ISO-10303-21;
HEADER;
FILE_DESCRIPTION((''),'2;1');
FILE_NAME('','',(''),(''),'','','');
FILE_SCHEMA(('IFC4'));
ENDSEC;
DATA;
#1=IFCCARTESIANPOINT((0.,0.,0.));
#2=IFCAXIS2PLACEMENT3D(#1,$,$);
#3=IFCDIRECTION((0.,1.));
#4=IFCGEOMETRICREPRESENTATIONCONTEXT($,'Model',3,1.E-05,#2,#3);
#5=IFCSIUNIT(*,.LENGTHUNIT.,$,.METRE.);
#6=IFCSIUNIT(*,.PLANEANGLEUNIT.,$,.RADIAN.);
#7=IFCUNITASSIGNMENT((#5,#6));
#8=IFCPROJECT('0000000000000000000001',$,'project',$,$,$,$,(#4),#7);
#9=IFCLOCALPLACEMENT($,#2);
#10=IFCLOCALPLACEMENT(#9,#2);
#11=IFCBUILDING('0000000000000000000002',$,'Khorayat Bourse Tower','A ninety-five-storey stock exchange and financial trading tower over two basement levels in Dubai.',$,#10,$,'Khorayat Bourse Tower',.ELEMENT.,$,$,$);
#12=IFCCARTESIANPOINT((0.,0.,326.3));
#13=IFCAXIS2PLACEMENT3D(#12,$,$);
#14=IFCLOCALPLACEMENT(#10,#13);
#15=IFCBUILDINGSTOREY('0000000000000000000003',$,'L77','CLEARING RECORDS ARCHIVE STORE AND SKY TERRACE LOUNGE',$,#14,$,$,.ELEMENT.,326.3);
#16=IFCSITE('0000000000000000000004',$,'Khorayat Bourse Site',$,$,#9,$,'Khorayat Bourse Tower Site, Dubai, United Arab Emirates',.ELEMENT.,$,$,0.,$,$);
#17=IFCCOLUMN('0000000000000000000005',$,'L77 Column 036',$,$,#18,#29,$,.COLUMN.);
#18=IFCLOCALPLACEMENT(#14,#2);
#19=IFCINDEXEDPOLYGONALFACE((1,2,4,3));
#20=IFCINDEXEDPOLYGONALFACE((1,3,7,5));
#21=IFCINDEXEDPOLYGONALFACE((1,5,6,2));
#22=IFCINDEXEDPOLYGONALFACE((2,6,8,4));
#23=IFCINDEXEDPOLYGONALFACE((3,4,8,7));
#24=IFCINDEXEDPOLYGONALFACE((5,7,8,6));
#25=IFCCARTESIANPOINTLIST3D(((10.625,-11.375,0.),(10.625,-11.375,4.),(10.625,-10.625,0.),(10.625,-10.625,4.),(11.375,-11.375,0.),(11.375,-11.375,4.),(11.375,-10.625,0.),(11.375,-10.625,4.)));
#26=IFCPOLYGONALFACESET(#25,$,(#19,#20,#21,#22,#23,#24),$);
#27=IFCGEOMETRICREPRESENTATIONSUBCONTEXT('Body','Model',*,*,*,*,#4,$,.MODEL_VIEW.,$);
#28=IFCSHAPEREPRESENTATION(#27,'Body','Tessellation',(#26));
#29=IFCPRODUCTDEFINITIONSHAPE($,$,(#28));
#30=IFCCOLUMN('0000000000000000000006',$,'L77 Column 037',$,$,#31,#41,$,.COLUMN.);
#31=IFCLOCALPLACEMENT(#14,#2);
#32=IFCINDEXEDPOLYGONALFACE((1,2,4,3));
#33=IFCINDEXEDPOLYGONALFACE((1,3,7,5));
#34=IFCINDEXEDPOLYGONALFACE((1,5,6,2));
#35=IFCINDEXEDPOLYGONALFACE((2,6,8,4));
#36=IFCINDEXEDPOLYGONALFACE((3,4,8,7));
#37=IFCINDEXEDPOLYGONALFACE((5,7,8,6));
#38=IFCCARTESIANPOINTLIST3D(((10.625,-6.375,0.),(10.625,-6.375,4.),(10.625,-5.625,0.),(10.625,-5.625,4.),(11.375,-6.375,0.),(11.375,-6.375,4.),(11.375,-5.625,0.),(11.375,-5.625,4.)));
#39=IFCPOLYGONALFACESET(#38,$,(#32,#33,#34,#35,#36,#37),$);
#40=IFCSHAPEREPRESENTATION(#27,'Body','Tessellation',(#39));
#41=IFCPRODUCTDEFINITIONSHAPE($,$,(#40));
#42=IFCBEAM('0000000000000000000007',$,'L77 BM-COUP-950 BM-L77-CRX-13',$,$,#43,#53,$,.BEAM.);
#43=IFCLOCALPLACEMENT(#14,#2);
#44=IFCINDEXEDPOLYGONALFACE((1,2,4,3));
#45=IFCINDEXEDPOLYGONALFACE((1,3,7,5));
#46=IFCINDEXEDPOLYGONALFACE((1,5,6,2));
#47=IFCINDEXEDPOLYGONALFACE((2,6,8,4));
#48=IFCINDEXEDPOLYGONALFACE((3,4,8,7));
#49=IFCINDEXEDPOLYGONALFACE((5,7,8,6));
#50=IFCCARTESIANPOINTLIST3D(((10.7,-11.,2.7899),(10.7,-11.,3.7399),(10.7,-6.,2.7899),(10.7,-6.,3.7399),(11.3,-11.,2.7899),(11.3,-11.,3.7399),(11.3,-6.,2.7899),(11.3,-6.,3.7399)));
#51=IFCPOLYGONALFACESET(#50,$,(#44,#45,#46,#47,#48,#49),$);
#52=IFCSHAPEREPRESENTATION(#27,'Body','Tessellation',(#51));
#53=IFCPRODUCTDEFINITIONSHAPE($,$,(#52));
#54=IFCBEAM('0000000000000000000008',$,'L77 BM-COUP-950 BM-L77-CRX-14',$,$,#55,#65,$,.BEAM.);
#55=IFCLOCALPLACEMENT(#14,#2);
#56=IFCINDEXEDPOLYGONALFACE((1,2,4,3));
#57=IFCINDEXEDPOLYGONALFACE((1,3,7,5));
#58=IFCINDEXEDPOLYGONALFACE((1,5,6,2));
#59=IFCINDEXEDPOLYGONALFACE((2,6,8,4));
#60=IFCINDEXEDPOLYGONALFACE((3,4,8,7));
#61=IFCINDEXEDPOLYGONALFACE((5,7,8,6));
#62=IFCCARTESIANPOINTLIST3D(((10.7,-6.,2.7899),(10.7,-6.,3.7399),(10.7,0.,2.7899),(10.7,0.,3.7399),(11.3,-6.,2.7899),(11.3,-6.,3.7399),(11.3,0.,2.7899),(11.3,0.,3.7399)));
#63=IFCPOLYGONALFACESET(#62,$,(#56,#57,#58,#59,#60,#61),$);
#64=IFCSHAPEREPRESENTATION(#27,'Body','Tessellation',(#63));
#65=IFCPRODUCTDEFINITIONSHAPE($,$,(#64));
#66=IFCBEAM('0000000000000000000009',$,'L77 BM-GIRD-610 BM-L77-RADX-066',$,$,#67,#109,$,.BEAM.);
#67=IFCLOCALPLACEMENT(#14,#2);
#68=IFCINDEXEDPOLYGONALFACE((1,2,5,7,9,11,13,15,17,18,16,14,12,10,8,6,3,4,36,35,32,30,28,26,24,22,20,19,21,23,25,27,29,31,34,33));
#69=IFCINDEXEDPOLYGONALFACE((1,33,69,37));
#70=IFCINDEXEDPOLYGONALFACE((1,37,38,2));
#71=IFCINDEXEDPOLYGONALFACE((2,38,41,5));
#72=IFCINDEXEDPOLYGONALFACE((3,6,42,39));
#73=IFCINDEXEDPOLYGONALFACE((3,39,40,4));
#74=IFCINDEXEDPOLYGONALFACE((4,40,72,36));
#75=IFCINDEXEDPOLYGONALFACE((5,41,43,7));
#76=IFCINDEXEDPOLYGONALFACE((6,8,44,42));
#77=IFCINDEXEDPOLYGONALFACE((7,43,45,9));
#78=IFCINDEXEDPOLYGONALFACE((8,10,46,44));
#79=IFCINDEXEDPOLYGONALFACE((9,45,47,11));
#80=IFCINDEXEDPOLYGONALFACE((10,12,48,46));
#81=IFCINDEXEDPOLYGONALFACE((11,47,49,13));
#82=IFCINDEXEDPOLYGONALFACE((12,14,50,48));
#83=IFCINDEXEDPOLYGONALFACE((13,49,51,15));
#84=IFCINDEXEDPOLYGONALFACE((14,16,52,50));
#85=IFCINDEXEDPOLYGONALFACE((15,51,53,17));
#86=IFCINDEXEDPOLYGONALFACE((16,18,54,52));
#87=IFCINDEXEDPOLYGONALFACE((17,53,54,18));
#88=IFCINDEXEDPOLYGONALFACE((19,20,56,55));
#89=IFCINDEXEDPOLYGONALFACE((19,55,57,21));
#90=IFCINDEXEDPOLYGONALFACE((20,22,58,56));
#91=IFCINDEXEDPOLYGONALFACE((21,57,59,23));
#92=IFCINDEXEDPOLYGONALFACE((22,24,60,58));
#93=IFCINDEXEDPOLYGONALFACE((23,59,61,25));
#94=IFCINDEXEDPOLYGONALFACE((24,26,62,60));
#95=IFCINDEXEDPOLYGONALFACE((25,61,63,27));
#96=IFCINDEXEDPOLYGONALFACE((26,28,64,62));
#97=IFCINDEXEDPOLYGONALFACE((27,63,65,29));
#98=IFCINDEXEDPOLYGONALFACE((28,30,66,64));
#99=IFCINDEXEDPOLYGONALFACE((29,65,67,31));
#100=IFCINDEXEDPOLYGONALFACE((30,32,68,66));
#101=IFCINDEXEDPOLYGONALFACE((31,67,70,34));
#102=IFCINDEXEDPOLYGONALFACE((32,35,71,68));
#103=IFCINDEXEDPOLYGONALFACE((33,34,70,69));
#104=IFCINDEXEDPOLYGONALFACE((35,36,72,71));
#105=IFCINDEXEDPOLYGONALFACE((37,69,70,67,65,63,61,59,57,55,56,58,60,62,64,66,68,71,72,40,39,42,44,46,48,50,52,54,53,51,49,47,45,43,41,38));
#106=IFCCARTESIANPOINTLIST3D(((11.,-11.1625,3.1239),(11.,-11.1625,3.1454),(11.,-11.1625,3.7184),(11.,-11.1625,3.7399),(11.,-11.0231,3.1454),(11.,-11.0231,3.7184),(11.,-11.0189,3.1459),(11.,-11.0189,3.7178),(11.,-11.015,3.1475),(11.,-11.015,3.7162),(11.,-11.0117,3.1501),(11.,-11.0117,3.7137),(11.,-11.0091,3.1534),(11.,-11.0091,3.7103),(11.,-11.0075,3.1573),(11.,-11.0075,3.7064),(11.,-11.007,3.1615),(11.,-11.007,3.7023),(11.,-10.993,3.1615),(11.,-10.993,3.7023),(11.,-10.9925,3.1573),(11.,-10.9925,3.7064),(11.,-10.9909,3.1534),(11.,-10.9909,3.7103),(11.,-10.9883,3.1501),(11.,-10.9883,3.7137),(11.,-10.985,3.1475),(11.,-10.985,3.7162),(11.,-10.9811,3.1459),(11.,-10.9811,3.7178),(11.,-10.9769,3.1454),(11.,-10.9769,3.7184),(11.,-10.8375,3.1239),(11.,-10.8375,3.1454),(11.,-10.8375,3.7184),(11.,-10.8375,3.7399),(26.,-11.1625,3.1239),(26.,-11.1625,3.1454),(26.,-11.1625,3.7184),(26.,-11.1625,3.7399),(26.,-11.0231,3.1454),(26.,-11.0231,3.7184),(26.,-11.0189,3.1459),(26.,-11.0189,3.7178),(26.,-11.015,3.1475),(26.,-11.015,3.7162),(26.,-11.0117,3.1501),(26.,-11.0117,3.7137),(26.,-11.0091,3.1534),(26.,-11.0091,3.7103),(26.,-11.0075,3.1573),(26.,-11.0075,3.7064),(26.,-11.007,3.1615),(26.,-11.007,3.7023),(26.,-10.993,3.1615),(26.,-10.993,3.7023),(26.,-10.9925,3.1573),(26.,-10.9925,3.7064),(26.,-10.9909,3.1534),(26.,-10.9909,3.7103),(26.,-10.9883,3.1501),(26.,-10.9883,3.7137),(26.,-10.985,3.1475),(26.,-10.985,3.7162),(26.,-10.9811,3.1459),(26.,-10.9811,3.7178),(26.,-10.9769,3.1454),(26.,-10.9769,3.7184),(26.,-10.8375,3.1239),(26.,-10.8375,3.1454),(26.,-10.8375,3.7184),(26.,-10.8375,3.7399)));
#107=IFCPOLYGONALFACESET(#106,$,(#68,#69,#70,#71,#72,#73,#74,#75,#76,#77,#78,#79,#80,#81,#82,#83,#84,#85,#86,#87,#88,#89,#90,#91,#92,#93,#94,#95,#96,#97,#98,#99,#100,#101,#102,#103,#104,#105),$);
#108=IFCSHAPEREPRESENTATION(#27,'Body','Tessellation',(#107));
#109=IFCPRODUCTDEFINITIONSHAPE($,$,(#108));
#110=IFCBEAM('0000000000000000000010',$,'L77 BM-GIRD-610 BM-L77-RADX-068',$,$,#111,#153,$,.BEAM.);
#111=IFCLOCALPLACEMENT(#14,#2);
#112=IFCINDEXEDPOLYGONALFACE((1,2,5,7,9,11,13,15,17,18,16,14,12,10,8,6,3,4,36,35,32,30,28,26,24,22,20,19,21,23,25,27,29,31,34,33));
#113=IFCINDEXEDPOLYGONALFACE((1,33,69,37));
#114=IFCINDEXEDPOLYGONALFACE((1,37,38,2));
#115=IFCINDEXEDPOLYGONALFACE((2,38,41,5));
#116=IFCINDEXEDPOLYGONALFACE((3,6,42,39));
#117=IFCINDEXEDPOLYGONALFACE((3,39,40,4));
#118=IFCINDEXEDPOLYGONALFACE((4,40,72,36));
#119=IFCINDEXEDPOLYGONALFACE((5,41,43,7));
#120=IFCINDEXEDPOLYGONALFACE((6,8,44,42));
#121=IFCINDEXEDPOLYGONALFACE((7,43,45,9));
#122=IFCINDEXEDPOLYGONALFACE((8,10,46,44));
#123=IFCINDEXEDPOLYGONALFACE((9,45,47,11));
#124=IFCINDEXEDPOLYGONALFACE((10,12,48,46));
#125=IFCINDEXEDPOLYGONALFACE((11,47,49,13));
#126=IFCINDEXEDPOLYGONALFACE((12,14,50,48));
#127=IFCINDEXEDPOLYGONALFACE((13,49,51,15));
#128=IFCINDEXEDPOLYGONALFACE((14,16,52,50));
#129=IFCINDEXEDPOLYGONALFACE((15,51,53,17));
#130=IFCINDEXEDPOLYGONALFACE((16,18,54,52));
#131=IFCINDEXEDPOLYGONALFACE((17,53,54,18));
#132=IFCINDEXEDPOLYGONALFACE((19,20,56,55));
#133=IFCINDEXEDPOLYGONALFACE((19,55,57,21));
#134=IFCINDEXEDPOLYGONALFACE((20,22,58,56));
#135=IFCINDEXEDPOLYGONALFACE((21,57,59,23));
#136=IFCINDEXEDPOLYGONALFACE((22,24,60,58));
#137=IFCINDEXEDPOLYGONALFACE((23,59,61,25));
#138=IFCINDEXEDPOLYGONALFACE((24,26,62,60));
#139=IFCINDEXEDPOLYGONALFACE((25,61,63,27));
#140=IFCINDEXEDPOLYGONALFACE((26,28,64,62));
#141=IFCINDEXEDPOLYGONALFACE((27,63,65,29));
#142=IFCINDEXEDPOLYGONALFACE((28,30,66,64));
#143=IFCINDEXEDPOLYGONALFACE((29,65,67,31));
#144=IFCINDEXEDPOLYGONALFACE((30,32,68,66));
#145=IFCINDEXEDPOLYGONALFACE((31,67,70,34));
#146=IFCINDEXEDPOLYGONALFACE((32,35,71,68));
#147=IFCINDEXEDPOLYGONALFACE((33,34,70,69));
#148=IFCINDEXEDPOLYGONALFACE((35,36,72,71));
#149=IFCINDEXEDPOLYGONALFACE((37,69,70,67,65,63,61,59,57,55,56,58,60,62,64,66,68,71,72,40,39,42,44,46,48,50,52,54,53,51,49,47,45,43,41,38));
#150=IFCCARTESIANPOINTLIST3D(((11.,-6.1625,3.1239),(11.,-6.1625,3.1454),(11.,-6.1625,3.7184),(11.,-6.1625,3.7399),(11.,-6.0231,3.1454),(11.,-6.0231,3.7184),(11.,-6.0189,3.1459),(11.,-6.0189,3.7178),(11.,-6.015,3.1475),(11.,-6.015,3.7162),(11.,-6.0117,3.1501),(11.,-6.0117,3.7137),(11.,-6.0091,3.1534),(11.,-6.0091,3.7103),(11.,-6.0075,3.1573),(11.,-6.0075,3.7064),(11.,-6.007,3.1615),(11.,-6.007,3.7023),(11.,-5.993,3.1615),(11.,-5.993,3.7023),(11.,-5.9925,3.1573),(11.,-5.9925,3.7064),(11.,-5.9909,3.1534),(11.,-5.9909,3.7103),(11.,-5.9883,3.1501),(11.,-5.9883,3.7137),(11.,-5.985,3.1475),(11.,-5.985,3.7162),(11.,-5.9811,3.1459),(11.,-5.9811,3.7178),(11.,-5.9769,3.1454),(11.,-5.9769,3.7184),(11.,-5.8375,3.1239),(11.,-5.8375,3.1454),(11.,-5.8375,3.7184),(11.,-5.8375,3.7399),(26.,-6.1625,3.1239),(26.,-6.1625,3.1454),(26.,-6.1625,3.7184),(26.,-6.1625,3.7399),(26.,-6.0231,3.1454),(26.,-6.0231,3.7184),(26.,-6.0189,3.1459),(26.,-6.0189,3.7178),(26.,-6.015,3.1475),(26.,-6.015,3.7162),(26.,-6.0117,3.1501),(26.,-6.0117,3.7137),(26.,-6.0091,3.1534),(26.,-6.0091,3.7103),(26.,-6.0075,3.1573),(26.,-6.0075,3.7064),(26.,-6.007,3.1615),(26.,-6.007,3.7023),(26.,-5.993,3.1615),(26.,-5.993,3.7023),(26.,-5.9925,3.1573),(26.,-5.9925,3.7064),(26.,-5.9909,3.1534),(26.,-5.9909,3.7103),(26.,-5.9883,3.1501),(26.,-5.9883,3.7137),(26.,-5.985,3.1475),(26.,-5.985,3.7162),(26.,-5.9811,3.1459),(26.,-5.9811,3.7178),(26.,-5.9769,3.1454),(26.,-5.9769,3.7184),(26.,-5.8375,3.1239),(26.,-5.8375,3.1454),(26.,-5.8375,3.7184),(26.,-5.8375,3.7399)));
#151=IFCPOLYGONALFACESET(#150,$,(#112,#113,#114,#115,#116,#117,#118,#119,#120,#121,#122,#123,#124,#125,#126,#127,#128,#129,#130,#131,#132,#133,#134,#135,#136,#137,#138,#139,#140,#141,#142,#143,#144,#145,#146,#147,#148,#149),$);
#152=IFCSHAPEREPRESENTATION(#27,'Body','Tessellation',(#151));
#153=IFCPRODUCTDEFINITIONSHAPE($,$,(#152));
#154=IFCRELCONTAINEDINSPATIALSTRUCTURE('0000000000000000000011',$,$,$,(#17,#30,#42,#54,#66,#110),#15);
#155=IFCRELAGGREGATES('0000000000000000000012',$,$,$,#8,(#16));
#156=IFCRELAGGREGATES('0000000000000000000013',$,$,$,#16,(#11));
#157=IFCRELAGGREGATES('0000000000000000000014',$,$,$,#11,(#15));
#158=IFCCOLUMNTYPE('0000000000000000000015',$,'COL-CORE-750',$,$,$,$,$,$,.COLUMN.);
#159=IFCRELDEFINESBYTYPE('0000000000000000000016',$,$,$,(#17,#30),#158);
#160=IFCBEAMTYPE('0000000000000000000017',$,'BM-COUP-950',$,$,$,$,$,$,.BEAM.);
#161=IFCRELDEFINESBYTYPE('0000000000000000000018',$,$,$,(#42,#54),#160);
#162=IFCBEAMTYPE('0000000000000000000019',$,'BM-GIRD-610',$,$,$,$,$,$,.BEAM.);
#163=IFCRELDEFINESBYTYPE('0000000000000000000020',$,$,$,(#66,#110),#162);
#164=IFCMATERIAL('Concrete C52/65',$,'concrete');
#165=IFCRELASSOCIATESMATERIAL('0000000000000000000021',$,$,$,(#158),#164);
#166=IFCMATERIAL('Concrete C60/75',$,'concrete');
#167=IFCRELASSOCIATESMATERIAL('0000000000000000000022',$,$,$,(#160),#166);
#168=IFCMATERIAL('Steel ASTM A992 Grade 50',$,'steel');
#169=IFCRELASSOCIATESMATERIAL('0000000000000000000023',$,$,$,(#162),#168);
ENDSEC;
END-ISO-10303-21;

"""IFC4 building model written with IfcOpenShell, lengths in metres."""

from ifc_helpers import new_model, si_unit, direction, frame, origin, origin_2d, place, context, subcontext, project, spatial, rectangle, i_section, extrude, source, transform, mapped, material, material_profile, profile_set, type_object, element, save


model = new_model("IFC4")

# Units and contexts
model_context = context("Model", 3, precision=1e-05, world=origin(), true_north=direction((0.0, 1.0)))
body_context = subcontext(model_context, "Body", "Model", "MODEL_VIEW")
ifc_project = project(units=[si_unit("LENGTHUNIT", "METRE"), si_unit("PLANEANGLEUNIT", "RADIAN")], contexts=[model_context])

# Site, building, storey
site_placement = place(None, origin())
site = spatial("IfcSite", under=ifc_project, at=site_placement, Name="Khorayat Bourse Site", LongName="Khorayat Bourse Tower Site, Dubai, United Arab Emirates", CompositionType="ELEMENT", RefElevation=0.0)
building_placement = place(site_placement, origin())
building = spatial("IfcBuilding", under=site, at=building_placement, Name="Khorayat Bourse Tower", Description="A ninety-five-storey stock exchange and financial trading tower over two basement levels in Dubai.", LongName="Khorayat Bourse Tower", CompositionType="ELEMENT")
storey_placement = place(building_placement, frame((0.0, 0.0, 326.3)))
storey = spatial("IfcBuildingStorey", under=building, at=storey_placement, Name="L77", Description="CLEARING RECORDS ARCHIVE STORE AND SKY TERRACE LOUNGE", CompositionType="ELEMENT", Elevation=326.3)

# Columns
ifc_material_1 = material(Name="Concrete C52/65", Category="concrete")
ifc_material_profile_1 = material_profile(ifc_material_1, rectangle(XDim=0.75, YDim=0.75, at=origin_2d()), Name="RC 750x750")
ifc_profile_set_1 = profile_set([ifc_material_profile_1], Name="Concrete C52/65")
column_type = type_object("IfcColumnType", Name="COL-CORE-750", PredefinedType="COLUMN", material=ifc_profile_set_1)
shared_shape_1 = source(origin(), body_context, "Body", "SweptSolid", [
    extrude(rectangle(XDim=0.75, YDim=0.75, at=origin_2d()), origin(), (0.0, 0.0, 1.0), 4.0),
])
for number, where, z_axis, x_axis, name in (
    (1, (11.0, -11.0, 0.0), (0.0, 0.0, 1.0), (1.0, 0.0, 0.0), "L77 Column 036"),
    (2, (11.0, -6.0, 0.0), (0.0, 0.0, 1.0), (1.0, 0.0, 0.0), "L77 Column 037"),
):
    element("IfcColumn", number, at=place(storey_placement, frame(where, z_axis=z_axis, x_axis=x_axis)), inside=storey, type_object=column_type, Name=name, PredefinedType="COLUMN", context=body_context, shape_type="MappedRepresentation", body=[
        mapped(shared_shape_1, transform((0.0, 0.0, 0.0), scale=1.0)),
    ])

# Beams
ifc_material_2 = material(Name="Concrete C60/75", Category="concrete")
ifc_material_profile_2 = material_profile(ifc_material_2, rectangle(XDim=0.6001, YDim=0.95, at=origin_2d()), Name="RC 600x950")
ifc_profile_set_2 = profile_set([ifc_material_profile_2], Name="Concrete C60/75")
beam_type_1 = type_object("IfcBeamType", Name="BM-COUP-950", PredefinedType="BEAM", material=ifc_profile_set_2)
shared_shape_2 = source(origin(), body_context, "Body", "SweptSolid", [
    extrude(rectangle(XDim=0.6001, YDim=0.95, at=origin_2d()), origin(), (0.0, 0.0, 1.0), 5.0),
])
beam_1_placement = place(storey_placement, frame((11.0, -11.0, 3.2649), z_axis=(0.0, 1.0, 0.0), x_axis=(-1.0, 0.0, 0.0)))
element("IfcBeam", 3, at=beam_1_placement, inside=storey, type_object=beam_type_1, Name="L77 BM-COUP-950 BM-L77-CRX-13", PredefinedType="BEAM", context=body_context, shape_type="MappedRepresentation", body=[
    mapped(shared_shape_2, transform((0.0, 0.0, 0.0), scale=1.0)),
])
shared_shape_3 = source(origin(), body_context, "Body", "SweptSolid", [
    extrude(rectangle(XDim=0.6001, YDim=0.95, at=origin_2d()), origin(), (0.0, 0.0, 1.0), 6.0),
])
beam_2_placement = place(storey_placement, frame((11.0, -6.0, 3.2649), z_axis=(0.0, 1.0, 0.0), x_axis=(-1.0, 0.0, 0.0)))
element("IfcBeam", 4, at=beam_2_placement, inside=storey, type_object=beam_type_1, Name="L77 BM-COUP-950 BM-L77-CRX-14", PredefinedType="BEAM", context=body_context, shape_type="MappedRepresentation", body=[
    mapped(shared_shape_3, transform((0.0, 0.0, 0.0), scale=1.0)),
])
ifc_material_3 = material(Name="Steel ASTM A992 Grade 50", Category="steel")
ifc_material_profile_3 = material_profile(ifc_material_3, i_section(OverallWidth=0.325, OverallDepth=0.616, WebThickness=0.0139, FlangeThickness=0.0215, FilletRadius=0.0161, at=origin_2d()), Name="W610X174")
ifc_profile_set_3 = profile_set([ifc_material_profile_3], Name="Steel ASTM A992 Grade 50")
beam_type_2 = type_object("IfcBeamType", Name="BM-GIRD-610", PredefinedType="BEAM", material=ifc_profile_set_3)
shared_shape_4 = source(origin(), body_context, "Body", "SweptSolid", [
    extrude(i_section(OverallWidth=0.325, OverallDepth=0.616, WebThickness=0.0139, FlangeThickness=0.0215, FilletRadius=0.0161, at=origin_2d()), origin(), (0.0, 0.0, 1.0), 15.0),
])
for number, where, z_axis, x_axis, name in (
    (5, (11.0, -11.0, 3.4319), (1.0, 0.0, 0.0), (0.0, 1.0, 0.0), "L77 BM-GIRD-610 BM-L77-RADX-066"),
    (6, (11.0, -6.0, 3.4319), (1.0, 0.0, 0.0), (0.0, 1.0, 0.0), "L77 BM-GIRD-610 BM-L77-RADX-068"),
):
    element("IfcBeam", number, at=place(storey_placement, frame(where, z_axis=z_axis, x_axis=x_axis)), inside=storey, type_object=beam_type_2, Name=name, PredefinedType="BEAM", context=body_context, shape_type="MappedRepresentation", body=[
        mapped(shared_shape_4, transform((0.0, 0.0, 0.0), scale=1.0)),
    ])

save(model, "model.ifc")
